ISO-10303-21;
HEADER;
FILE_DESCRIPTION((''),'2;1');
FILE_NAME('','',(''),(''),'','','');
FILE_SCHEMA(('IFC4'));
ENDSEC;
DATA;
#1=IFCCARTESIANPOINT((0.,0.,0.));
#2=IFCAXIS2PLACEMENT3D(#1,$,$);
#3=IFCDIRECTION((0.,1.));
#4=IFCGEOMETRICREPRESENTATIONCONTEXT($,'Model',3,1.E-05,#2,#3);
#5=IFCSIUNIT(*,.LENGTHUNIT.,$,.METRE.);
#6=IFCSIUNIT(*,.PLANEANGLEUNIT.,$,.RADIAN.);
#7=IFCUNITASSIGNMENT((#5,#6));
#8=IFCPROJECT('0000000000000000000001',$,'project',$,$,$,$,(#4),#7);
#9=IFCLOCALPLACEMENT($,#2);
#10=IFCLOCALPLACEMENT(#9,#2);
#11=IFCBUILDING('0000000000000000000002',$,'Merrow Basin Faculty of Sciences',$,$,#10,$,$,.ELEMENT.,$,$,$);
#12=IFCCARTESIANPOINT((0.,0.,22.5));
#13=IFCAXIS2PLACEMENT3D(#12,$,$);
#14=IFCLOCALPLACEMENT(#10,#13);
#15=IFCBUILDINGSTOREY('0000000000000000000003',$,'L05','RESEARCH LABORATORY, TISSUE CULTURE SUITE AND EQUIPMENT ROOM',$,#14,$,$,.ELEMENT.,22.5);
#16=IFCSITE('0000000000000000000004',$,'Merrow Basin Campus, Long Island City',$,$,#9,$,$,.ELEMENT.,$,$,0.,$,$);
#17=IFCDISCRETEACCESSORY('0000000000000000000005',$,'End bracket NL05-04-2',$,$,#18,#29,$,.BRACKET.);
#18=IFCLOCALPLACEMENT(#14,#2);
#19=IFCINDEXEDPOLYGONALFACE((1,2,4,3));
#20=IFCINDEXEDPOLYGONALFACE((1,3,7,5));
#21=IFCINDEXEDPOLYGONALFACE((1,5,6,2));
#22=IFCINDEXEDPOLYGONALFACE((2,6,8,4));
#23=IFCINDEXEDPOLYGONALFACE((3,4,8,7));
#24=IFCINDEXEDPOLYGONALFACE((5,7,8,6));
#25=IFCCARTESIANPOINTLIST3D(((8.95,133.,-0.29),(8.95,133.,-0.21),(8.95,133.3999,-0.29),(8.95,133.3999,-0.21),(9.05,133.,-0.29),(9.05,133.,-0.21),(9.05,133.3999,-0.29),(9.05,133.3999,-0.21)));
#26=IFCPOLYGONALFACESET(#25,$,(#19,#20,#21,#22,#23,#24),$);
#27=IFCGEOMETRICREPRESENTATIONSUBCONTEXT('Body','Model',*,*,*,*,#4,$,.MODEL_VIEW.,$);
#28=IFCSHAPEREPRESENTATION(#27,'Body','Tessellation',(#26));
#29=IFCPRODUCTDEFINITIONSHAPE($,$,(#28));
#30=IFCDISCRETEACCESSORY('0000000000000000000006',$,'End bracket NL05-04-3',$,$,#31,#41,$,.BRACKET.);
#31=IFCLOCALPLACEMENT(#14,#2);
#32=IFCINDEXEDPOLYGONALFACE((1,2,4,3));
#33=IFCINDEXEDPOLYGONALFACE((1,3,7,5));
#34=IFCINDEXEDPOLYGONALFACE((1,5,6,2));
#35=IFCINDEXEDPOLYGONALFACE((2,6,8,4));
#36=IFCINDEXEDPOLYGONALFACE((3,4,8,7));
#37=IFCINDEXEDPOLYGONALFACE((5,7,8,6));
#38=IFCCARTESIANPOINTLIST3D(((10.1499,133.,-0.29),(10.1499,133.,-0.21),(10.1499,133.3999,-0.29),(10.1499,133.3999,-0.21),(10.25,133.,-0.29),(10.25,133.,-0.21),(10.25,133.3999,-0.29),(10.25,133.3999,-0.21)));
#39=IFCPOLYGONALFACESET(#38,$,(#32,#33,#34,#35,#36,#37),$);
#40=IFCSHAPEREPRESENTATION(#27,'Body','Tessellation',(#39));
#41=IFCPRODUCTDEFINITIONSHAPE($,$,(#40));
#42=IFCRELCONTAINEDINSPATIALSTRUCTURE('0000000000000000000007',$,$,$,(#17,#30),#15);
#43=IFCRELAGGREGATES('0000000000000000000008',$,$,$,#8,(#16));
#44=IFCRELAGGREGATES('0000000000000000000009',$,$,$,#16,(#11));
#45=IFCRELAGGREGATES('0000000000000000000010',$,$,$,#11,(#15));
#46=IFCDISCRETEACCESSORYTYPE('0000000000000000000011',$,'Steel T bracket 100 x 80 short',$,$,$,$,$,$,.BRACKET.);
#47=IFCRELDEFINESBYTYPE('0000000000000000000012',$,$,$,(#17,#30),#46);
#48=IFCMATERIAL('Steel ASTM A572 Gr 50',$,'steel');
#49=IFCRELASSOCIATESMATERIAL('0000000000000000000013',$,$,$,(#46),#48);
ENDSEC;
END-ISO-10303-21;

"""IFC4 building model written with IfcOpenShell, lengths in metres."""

from ifc_helpers import new_model, si_unit, direction, frame, origin, place, context, subcontext, project, spatial, polyline, outline, extrude, source, transform, mapped, material, type_object, element, save


model = new_model("IFC4")

# Units and contexts
model_context = context("Model", 3, precision=1e-05, world=origin(), true_north=direction((0.0, 1.0)))
body_context = subcontext(model_context, "Body", "Model", "MODEL_VIEW")
ifc_project = project(units=[si_unit("LENGTHUNIT", "METRE"), si_unit("PLANEANGLEUNIT", "RADIAN")], contexts=[model_context])

# Site, building, storey
site_placement = place(None, origin())
site = spatial("IfcSite", under=ifc_project, at=site_placement, Name="Merrow Basin Campus, Long Island City", CompositionType="ELEMENT", RefElevation=0.0)
building_placement = place(site_placement, origin())
building = spatial("IfcBuilding", under=site, at=building_placement, Name="Merrow Basin Faculty of Sciences", CompositionType="ELEMENT")
storey_placement = place(building_placement, frame((0.0, 0.0, 22.5)))
storey = spatial("IfcBuildingStorey", under=building, at=storey_placement, Name="L05", Description="RESEARCH LABORATORY, TISSUE CULTURE SUITE AND EQUIPMENT ROOM", CompositionType="ELEMENT", Elevation=22.5)

# Discrete accessories
ifc_material_1 = material(Name="Steel ASTM A572 Gr 50", Category="steel")
discrete_accessory_type_1 = type_object("IfcDiscreteAccessoryType", Name="Steel T bracket 100 x 80 short", PredefinedType="BRACKET", material=ifc_material_1)
shared_shape_1 = source(origin(), body_context, "Body", "SweptSolid", [
    extrude(outline(polyline([(0.0, 0.0), (0.1001, 0.0), (0.1001, 0.0801), (0.0, 0.0801), (0.0, 0.0)])), origin(), (0.0, 0.0, 1.0), 0.3999),
])
for number, where, z_axis, x_axis, name in (
    (1, (8.95, 133.3999, -0.29), (0.0, -1.0, 0.0), (1.0, 0.0, 0.0), "End bracket NL05-04-2"),
    (2, (10.1499, 133.3999, -0.29), (0.0, -1.0, 0.0), (1.0, 0.0, 0.0), "End bracket NL05-04-3"),
):
    element("IfcDiscreteAccessory", number, at=place(storey_placement, frame(where, z_axis=z_axis, x_axis=x_axis)), inside=storey, type_object=discrete_accessory_type_1, Name=name, PredefinedType="BRACKET", context=body_context, shape_type="MappedRepresentation", body=[
        mapped(shared_shape_1, transform((0.0, 0.0, 0.0), scale=1.0)),
    ])

save(model, "model.ifc")
